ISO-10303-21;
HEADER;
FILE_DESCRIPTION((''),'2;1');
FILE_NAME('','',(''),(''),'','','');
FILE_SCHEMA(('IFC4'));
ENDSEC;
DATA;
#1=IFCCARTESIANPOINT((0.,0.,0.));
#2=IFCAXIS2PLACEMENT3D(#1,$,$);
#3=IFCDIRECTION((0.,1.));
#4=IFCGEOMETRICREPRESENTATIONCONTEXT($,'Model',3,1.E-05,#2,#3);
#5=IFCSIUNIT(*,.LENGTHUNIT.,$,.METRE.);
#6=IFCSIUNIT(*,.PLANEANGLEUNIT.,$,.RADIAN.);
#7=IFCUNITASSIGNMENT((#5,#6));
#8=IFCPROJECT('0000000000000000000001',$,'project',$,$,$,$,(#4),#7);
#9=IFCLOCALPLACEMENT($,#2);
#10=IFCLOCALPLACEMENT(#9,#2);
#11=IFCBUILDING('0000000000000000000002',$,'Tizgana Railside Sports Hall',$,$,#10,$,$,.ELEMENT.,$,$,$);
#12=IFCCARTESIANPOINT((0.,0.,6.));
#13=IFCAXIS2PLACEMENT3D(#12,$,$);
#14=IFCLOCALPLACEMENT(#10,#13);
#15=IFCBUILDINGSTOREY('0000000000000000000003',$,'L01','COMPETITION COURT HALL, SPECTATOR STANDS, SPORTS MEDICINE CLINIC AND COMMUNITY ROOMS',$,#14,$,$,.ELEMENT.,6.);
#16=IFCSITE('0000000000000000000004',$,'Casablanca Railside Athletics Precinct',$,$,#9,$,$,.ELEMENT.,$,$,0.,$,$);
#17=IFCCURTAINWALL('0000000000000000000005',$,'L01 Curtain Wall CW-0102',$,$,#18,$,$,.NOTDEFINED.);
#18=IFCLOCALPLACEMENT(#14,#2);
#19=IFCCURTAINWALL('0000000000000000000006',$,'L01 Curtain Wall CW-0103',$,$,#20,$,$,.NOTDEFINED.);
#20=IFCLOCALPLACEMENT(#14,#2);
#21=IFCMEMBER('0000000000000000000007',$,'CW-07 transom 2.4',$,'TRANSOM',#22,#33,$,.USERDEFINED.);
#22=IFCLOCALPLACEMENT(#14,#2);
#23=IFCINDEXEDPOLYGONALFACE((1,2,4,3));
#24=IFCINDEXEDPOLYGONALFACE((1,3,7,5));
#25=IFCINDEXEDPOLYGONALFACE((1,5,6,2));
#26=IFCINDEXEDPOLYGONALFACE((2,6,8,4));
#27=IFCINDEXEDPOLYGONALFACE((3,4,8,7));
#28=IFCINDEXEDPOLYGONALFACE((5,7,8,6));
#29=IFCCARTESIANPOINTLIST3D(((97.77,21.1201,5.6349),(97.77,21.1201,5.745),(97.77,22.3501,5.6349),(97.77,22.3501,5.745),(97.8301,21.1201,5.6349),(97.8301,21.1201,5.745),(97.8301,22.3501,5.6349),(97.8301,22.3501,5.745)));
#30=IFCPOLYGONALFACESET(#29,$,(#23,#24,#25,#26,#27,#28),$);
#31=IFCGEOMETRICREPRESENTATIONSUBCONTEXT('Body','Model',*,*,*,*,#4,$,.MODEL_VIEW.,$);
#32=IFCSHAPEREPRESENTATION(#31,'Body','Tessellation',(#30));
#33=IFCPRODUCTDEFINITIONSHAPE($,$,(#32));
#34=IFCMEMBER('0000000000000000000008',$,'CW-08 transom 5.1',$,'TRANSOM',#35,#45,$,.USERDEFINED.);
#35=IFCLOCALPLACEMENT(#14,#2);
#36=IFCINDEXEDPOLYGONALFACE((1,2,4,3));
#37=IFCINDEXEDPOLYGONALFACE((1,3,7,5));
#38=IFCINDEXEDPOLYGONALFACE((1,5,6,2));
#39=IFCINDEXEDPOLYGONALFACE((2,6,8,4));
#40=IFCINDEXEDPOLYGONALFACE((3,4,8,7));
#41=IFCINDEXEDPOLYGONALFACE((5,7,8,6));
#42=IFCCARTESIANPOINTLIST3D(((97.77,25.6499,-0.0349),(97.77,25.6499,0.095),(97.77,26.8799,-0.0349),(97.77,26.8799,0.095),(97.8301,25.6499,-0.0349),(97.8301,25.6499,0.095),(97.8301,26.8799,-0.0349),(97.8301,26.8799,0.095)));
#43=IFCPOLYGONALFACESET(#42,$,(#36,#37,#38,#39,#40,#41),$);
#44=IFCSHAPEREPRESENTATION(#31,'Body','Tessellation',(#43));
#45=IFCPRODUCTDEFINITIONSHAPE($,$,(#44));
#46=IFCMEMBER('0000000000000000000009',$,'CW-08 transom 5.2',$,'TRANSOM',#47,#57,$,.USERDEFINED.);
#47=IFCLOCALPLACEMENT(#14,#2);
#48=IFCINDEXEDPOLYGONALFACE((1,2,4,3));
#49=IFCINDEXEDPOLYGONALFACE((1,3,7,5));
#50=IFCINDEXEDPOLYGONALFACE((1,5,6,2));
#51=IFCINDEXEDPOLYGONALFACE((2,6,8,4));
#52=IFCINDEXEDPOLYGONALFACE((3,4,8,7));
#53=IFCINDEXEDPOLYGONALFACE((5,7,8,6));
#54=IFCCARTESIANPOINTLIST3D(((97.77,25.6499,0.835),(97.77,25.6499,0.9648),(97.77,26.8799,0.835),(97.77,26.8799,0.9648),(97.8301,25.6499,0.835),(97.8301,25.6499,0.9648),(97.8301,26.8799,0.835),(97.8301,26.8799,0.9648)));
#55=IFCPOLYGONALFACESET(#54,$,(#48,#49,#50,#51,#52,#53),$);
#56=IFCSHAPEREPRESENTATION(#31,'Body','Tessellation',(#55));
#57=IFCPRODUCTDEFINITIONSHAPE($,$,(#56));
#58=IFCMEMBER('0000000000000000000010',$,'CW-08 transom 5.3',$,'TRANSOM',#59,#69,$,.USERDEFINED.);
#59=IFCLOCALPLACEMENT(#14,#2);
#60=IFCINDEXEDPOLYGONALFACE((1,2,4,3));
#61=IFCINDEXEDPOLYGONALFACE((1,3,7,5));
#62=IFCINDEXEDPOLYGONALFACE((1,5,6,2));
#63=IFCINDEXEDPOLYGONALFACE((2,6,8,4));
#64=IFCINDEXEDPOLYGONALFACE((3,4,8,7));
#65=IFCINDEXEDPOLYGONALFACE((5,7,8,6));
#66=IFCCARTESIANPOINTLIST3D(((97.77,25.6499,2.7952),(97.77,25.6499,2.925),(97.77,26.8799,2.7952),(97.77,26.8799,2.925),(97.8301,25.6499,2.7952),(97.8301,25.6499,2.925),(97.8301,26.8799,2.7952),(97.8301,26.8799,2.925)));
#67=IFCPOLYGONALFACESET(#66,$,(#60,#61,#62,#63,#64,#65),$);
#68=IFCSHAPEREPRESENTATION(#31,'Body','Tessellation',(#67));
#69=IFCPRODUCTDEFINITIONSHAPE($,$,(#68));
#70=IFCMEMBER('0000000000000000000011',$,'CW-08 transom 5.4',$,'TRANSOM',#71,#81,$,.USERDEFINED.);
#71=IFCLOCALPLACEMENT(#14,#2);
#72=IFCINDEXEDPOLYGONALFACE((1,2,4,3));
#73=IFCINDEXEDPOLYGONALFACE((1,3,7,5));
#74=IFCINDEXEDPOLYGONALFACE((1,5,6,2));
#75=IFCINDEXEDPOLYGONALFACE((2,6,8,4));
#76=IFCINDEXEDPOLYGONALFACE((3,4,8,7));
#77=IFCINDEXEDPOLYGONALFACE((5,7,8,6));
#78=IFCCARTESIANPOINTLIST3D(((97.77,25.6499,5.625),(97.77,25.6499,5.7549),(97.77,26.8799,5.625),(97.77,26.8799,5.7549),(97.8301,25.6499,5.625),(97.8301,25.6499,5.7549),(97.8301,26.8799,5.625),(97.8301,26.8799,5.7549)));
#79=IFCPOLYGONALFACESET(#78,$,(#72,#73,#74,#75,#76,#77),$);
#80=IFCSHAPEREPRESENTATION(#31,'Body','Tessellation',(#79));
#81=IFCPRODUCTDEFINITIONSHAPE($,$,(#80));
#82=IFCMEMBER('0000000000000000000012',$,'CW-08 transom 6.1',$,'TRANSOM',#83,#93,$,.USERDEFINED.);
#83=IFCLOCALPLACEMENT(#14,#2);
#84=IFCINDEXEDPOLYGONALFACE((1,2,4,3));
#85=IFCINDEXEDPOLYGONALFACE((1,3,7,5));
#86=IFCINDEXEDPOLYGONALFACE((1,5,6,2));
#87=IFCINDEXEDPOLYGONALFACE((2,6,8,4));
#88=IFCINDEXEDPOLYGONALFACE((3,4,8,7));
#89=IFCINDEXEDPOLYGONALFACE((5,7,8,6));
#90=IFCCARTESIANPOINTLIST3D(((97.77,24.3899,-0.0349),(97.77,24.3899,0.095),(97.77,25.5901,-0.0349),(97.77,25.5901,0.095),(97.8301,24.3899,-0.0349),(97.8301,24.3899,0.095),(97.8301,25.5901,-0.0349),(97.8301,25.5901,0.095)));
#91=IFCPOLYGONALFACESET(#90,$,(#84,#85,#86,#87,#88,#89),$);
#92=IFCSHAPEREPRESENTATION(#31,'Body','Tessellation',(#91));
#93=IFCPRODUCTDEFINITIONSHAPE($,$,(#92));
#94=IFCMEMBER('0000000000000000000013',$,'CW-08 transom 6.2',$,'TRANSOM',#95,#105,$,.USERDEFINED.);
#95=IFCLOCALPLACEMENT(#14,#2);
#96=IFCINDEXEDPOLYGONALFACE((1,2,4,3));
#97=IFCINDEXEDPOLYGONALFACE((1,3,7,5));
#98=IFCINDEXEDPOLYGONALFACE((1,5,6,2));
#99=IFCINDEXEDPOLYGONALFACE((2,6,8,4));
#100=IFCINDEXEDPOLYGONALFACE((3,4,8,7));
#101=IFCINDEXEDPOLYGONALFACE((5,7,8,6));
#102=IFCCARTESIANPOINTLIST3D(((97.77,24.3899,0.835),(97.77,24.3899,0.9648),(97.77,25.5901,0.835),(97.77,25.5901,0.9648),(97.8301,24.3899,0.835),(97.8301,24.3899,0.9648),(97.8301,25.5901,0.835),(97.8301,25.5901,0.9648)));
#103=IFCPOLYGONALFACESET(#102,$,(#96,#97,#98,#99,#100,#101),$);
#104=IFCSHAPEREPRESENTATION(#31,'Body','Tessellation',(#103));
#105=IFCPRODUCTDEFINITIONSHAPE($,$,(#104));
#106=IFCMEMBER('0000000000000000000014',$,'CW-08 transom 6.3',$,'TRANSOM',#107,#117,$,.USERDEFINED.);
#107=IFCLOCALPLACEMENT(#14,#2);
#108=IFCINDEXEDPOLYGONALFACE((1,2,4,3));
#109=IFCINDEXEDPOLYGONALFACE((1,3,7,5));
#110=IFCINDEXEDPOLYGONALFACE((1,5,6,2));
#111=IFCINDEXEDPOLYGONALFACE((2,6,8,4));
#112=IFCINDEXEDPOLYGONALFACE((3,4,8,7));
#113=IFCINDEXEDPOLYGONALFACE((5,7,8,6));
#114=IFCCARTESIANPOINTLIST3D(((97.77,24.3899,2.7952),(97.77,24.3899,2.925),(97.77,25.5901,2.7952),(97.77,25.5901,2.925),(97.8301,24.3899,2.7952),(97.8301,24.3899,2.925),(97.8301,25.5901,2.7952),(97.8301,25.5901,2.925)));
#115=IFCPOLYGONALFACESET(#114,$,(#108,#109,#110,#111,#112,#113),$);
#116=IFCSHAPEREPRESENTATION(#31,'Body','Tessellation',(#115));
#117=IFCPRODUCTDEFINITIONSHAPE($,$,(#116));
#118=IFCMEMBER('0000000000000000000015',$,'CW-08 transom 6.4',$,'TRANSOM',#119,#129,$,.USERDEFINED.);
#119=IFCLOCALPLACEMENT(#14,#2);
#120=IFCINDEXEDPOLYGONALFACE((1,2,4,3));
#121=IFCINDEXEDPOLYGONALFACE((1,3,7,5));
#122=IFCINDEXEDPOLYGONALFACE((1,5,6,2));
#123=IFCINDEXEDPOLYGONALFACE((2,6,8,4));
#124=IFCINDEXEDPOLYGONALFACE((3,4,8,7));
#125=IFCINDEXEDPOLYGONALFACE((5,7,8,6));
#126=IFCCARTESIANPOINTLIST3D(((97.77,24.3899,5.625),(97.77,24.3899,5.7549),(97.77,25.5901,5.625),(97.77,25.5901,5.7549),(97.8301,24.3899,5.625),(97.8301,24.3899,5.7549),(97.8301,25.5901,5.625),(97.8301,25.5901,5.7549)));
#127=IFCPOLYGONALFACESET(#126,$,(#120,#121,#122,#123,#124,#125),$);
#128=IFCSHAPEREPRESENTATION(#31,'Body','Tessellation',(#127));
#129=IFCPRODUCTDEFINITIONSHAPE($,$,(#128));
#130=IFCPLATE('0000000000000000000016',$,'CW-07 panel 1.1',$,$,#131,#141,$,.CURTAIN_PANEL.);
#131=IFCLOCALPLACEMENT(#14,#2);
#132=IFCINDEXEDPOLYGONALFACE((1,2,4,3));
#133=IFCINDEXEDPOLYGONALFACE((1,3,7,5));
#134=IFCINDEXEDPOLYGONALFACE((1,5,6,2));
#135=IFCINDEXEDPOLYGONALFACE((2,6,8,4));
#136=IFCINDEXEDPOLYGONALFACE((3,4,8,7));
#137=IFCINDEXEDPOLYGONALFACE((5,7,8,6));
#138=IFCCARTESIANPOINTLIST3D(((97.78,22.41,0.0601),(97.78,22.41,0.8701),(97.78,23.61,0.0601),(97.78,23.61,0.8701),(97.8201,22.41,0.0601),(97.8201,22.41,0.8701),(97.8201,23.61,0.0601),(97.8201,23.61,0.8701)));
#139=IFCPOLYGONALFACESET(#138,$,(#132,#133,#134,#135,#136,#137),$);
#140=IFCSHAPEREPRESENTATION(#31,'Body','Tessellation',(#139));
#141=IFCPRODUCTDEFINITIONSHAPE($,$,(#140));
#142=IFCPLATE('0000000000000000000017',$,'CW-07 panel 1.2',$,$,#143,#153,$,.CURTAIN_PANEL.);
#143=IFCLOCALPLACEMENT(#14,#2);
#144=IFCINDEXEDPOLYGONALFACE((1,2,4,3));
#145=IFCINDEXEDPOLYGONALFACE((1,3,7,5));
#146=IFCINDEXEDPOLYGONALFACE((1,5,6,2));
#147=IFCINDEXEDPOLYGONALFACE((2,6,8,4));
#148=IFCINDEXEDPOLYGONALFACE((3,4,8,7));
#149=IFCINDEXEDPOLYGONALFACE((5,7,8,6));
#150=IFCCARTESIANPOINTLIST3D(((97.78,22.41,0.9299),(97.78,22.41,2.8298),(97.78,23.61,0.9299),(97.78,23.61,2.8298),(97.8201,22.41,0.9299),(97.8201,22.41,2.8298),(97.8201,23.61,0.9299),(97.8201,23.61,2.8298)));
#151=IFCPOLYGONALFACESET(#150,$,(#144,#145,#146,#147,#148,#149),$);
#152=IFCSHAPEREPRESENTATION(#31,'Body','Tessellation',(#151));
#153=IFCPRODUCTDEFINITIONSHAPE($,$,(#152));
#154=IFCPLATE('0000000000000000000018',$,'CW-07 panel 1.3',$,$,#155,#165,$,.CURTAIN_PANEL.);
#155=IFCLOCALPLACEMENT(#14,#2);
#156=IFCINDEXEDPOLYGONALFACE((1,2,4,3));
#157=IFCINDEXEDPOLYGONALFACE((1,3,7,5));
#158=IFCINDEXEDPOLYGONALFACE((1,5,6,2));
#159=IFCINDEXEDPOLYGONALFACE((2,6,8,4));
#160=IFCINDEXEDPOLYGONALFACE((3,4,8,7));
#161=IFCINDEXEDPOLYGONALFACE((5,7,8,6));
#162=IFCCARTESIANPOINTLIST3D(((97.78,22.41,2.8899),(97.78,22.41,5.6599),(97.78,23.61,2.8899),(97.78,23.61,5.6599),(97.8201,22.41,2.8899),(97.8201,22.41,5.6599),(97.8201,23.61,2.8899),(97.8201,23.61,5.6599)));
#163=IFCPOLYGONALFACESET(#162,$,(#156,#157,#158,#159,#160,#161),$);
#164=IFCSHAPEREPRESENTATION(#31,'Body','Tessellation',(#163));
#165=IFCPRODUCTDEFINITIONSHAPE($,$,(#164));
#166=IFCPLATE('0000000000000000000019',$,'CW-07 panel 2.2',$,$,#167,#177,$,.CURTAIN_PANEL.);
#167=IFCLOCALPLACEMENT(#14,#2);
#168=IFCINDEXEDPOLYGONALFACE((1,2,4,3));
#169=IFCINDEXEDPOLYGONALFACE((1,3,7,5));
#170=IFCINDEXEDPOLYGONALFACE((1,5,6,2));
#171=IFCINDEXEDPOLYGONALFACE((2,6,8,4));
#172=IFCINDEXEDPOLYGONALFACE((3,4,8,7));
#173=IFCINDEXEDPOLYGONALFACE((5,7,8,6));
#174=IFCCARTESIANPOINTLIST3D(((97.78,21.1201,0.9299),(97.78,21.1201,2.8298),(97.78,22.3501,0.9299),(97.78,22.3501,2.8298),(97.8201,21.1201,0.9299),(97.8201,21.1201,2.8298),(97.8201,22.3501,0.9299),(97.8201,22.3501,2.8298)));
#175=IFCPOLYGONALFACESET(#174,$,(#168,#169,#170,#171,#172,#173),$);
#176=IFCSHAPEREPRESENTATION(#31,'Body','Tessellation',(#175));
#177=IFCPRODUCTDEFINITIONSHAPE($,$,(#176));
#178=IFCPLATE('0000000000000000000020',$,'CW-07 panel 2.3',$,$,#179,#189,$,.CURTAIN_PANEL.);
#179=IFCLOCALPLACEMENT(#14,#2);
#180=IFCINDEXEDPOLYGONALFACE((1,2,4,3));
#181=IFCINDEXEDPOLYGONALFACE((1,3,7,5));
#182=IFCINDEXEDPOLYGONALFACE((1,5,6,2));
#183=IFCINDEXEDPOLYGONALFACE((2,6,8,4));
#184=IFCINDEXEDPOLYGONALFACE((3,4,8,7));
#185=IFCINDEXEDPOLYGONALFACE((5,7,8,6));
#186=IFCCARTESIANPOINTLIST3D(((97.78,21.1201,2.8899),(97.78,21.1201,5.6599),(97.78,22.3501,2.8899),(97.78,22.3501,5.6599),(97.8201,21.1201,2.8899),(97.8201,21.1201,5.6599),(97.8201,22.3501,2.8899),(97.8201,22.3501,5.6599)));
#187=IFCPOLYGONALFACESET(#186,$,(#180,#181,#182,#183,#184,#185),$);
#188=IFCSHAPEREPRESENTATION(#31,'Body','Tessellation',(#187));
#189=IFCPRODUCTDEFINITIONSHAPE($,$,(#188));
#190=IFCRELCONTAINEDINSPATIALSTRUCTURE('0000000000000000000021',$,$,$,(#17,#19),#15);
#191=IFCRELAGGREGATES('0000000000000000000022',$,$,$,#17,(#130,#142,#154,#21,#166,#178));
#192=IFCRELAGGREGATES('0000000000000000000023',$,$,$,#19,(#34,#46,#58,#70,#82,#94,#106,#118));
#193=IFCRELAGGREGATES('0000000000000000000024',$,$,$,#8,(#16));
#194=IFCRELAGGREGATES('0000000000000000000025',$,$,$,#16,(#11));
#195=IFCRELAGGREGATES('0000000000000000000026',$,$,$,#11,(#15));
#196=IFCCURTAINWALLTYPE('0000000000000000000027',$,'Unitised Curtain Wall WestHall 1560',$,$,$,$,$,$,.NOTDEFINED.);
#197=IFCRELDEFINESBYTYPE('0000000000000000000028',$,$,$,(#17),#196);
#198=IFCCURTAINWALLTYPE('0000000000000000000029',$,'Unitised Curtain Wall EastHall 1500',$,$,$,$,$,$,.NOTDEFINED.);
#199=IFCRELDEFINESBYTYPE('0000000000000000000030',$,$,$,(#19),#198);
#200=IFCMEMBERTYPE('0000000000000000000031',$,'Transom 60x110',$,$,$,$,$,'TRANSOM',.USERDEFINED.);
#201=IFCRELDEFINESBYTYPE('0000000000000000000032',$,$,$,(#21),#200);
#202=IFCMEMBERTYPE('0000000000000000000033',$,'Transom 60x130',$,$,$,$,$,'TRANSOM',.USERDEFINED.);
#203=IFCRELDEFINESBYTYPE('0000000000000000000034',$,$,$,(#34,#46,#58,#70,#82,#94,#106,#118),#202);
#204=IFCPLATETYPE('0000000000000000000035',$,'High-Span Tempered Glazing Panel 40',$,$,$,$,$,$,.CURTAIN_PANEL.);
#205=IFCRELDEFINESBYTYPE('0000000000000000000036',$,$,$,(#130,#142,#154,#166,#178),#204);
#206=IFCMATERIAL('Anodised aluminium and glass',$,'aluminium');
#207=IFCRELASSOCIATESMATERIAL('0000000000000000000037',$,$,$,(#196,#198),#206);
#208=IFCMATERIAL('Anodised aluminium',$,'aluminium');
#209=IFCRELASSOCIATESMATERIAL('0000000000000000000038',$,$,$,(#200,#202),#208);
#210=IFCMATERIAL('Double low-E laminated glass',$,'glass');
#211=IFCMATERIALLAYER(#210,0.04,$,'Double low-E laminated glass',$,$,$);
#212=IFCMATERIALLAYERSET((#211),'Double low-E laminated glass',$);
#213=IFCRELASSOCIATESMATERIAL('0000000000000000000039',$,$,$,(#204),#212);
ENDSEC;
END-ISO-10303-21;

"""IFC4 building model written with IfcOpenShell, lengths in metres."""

from ifc_helpers import new_model, si_unit, direction, frame, origin, origin_2d, place, context, subcontext, project, spatial, rectangle, extrude, material, layer, layer_set, material_profile, profile_set, type_object, element, aggregate, save


model = new_model("IFC4")

# Units and contexts
model_context = context("Model", 3, precision=1e-05, world=origin(), true_north=direction((0.0, 1.0)))
body_context = subcontext(model_context, "Body", "Model", "MODEL_VIEW")
ifc_project = project(units=[si_unit("LENGTHUNIT", "METRE"), si_unit("PLANEANGLEUNIT", "RADIAN")], contexts=[model_context])

# Site, building, storey
site_placement = place(None, origin())
site = spatial("IfcSite", under=ifc_project, at=site_placement, Name="Casablanca Railside Athletics Precinct", CompositionType="ELEMENT", RefElevation=0.0)
building_placement = place(site_placement, origin())
building = spatial("IfcBuilding", under=site, at=building_placement, Name="Tizgana Railside Sports Hall", CompositionType="ELEMENT")
storey_placement = place(building_placement, frame((0.0, 0.0, 6.0)))
storey = spatial("IfcBuildingStorey", under=building, at=storey_placement, Name="L01", Description="COMPETITION COURT HALL, SPECTATOR STANDS, SPORTS MEDICINE CLINIC AND COMMUNITY ROOMS", CompositionType="ELEMENT", Elevation=6.0)

# Curtain walls
ifc_material_1 = material(Name="Anodised aluminium and glass", Category="aluminium")
curtain_wall_type_1 = type_object("IfcCurtainWallType", Name="Unitised Curtain Wall WestHall 1560", PredefinedType="NOTDEFINED", material=ifc_material_1)
curtain_wall_1_placement = place(storey_placement, origin())
curtain_wall_1 = element("IfcCurtainWall", 1, at=curtain_wall_1_placement, inside=storey, type_object=curtain_wall_type_1, Name="L01 Curtain Wall CW-0102", PredefinedType="NOTDEFINED")
ifc_material_2 = material(Name="Anodised aluminium", Category="aluminium")
curtain_wall_type_2 = type_object("IfcCurtainWallType", Name="Unitised Curtain Wall EastHall 1500", PredefinedType="NOTDEFINED", material=ifc_material_1)
curtain_wall_2_placement = place(storey_placement, origin())
curtain_wall_2 = element("IfcCurtainWall", 2, at=curtain_wall_2_placement, inside=storey, type_object=curtain_wall_type_2, Name="L01 Curtain Wall CW-0103", PredefinedType="NOTDEFINED")

# Members
ifc_material_profile_1 = material_profile(ifc_material_2, rectangle(XDim=0.0601, YDim=0.1101, at=origin_2d()), Name="Transom 60x110")
ifc_profile_set_1 = profile_set([ifc_material_profile_1], Name="Anodised aluminium")
member_type_1 = type_object("IfcMemberType", Name="Transom 60x110", ElementType="TRANSOM", PredefinedType="USERDEFINED", material=ifc_profile_set_1)
member_1_placement = place(storey_placement, frame((97.8, 22.3501, 5.6899), z_axis=(0.0, -1.0, 0.0), x_axis=(1.0, 0.0, 0.0)))
member_1 = element("IfcMember", 3, at=member_1_placement, type_object=member_type_1, Name="CW-07 transom 2.4", ObjectType="TRANSOM", PredefinedType="USERDEFINED", context=body_context, shape_type="SweptSolid", body=[
    extrude(rectangle(XDim=0.0601, YDim=0.1101, at=origin_2d()), origin(), (0.0, 0.0, 1.0), 1.23),
])
ifc_material_profile_2 = material_profile(ifc_material_2, rectangle(XDim=0.0601, YDim=0.1299, at=origin_2d()), Name="Transom 60x130")
ifc_profile_set_2 = profile_set([ifc_material_profile_2], Name="Anodised aluminium")
member_type_2 = type_object("IfcMemberType", Name="Transom 60x130", ElementType="TRANSOM", PredefinedType="USERDEFINED", material=ifc_profile_set_2)
member_2_placement = place(storey_placement, frame((97.8, 26.8799, 0.03), z_axis=(0.0, -1.0, 0.0), x_axis=(1.0, 0.0, 0.0)))
member_2 = element("IfcMember", 4, at=member_2_placement, type_object=member_type_2, Name="CW-08 transom 5.1", ObjectType="TRANSOM", PredefinedType="USERDEFINED", context=body_context, shape_type="SweptSolid", body=[
    extrude(rectangle(XDim=0.0601, YDim=0.1299, at=origin_2d()), origin(), (0.0, 0.0, 1.0), 1.23),
])
member_3_placement = place(storey_placement, frame((97.8, 26.8799, 0.8999), z_axis=(0.0, -1.0, 0.0), x_axis=(1.0, 0.0, 0.0)))
member_3 = element("IfcMember", 5, at=member_3_placement, type_object=member_type_2, Name="CW-08 transom 5.2", ObjectType="TRANSOM", PredefinedType="USERDEFINED", context=body_context, shape_type="SweptSolid", body=[
    extrude(rectangle(XDim=0.0601, YDim=0.1299, at=origin_2d()), origin(), (0.0, 0.0, 1.0), 1.23),
])
member_4_placement = place(storey_placement, frame((97.8, 26.8799, 2.8601), z_axis=(0.0, -1.0, 0.0), x_axis=(1.0, 0.0, 0.0)))
member_4 = element("IfcMember", 6, at=member_4_placement, type_object=member_type_2, Name="CW-08 transom 5.3", ObjectType="TRANSOM", PredefinedType="USERDEFINED", context=body_context, shape_type="SweptSolid", body=[
    extrude(rectangle(XDim=0.0601, YDim=0.1299, at=origin_2d()), origin(), (0.0, 0.0, 1.0), 1.23),
])
member_5_placement = place(storey_placement, frame((97.8, 26.8799, 5.6899), z_axis=(0.0, -1.0, 0.0), x_axis=(1.0, 0.0, 0.0)))
member_5 = element("IfcMember", 7, at=member_5_placement, type_object=member_type_2, Name="CW-08 transom 5.4", ObjectType="TRANSOM", PredefinedType="USERDEFINED", context=body_context, shape_type="SweptSolid", body=[
    extrude(rectangle(XDim=0.0601, YDim=0.1299, at=origin_2d()), origin(), (0.0, 0.0, 1.0), 1.23),
])
member_6_placement = place(storey_placement, frame((97.8, 25.5901, 0.03), z_axis=(0.0, -1.0, 0.0), x_axis=(1.0, 0.0, 0.0)))
member_6 = element("IfcMember", 8, at=member_6_placement, type_object=member_type_2, Name="CW-08 transom 6.1", ObjectType="TRANSOM", PredefinedType="USERDEFINED", context=body_context, shape_type="SweptSolid", body=[
    extrude(rectangle(XDim=0.0601, YDim=0.1299, at=origin_2d()), origin(), (0.0, 0.0, 1.0), 1.2002),
])
member_7_placement = place(storey_placement, frame((97.8, 25.5901, 0.8999), z_axis=(0.0, -1.0, 0.0), x_axis=(1.0, 0.0, 0.0)))
member_7 = element("IfcMember", 9, at=member_7_placement, type_object=member_type_2, Name="CW-08 transom 6.2", ObjectType="TRANSOM", PredefinedType="USERDEFINED", context=body_context, shape_type="SweptSolid", body=[
    extrude(rectangle(XDim=0.0601, YDim=0.1299, at=origin_2d()), origin(), (0.0, 0.0, 1.0), 1.2002),
])
member_8_placement = place(storey_placement, frame((97.8, 25.5901, 2.8601), z_axis=(0.0, -1.0, 0.0), x_axis=(1.0, 0.0, 0.0)))
member_8 = element("IfcMember", 10, at=member_8_placement, type_object=member_type_2, Name="CW-08 transom 6.3", ObjectType="TRANSOM", PredefinedType="USERDEFINED", context=body_context, shape_type="SweptSolid", body=[
    extrude(rectangle(XDim=0.0601, YDim=0.1299, at=origin_2d()), origin(), (0.0, 0.0, 1.0), 1.2002),
])
member_9_placement = place(storey_placement, frame((97.8, 25.5901, 5.6899), z_axis=(0.0, -1.0, 0.0), x_axis=(1.0, 0.0, 0.0)))
member_9 = element("IfcMember", 11, at=member_9_placement, type_object=member_type_2, Name="CW-08 transom 6.4", ObjectType="TRANSOM", PredefinedType="USERDEFINED", context=body_context, shape_type="SweptSolid", body=[
    extrude(rectangle(XDim=0.0601, YDim=0.1299, at=origin_2d()), origin(), (0.0, 0.0, 1.0), 1.2002),
])

# Plates
ifc_material_3 = material(Name="Double low-E laminated glass", Category="glass")
ifc_layer_1 = layer(ifc_material_3, 0.04, Name="Double low-E laminated glass")
ifc_layer_set_1 = layer_set([ifc_layer_1], Name="Double low-E laminated glass")
plate_type_1 = type_object("IfcPlateType", Name="High-Span Tempered Glazing Panel 40", PredefinedType="CURTAIN_PANEL", material=ifc_layer_set_1)
plate_1_placement = place(storey_placement, frame((97.8, 23.01, 0.0601), z_axis=(0.0, 0.0, 1.0), x_axis=(0.0, -1.0, 0.0)))
plate_1 = element("IfcPlate", 12, at=plate_1_placement, type_object=plate_type_1, Name="CW-07 panel 1.1", PredefinedType="CURTAIN_PANEL", context=body_context, shape_type="SweptSolid", body=[
    extrude(rectangle(XDim=1.2, YDim=0.04, at=origin_2d()), origin(), (0.0, 0.0, 1.0), 0.8101),
])
plate_2_placement = place(storey_placement, frame((97.8, 23.01, 0.9299), z_axis=(0.0, 0.0, 1.0), x_axis=(0.0, -1.0, 0.0)))
plate_2 = element("IfcPlate", 13, at=plate_2_placement, type_object=plate_type_1, Name="CW-07 panel 1.2", PredefinedType="CURTAIN_PANEL", context=body_context, shape_type="SweptSolid", body=[
    extrude(rectangle(XDim=1.2, YDim=0.04, at=origin_2d()), origin(), (0.0, 0.0, 1.0), 1.8999),
])
plate_3_placement = place(storey_placement, frame((97.8, 23.01, 2.8899), z_axis=(0.0, 0.0, 1.0), x_axis=(0.0, -1.0, 0.0)))
plate_3 = element("IfcPlate", 14, at=plate_3_placement, type_object=plate_type_1, Name="CW-07 panel 1.3", PredefinedType="CURTAIN_PANEL", context=body_context, shape_type="SweptSolid", body=[
    extrude(rectangle(XDim=1.2, YDim=0.04, at=origin_2d()), origin(), (0.0, 0.0, 1.0), 2.77),
])
plate_4_placement = place(storey_placement, frame((97.8, 21.7351, 0.9299), z_axis=(0.0, 0.0, 1.0), x_axis=(0.0, -1.0, 0.0)))
plate_4 = element("IfcPlate", 15, at=plate_4_placement, type_object=plate_type_1, Name="CW-07 panel 2.2", PredefinedType="CURTAIN_PANEL", context=body_context, shape_type="SweptSolid", body=[
    extrude(rectangle(XDim=1.23, YDim=0.04, at=origin_2d()), origin(), (0.0, 0.0, 1.0), 1.8999),
])
plate_5_placement = place(storey_placement, frame((97.8, 21.7351, 2.8899), z_axis=(0.0, 0.0, 1.0), x_axis=(0.0, -1.0, 0.0)))
plate_5 = element("IfcPlate", 16, at=plate_5_placement, type_object=plate_type_1, Name="CW-07 panel 2.3", PredefinedType="CURTAIN_PANEL", context=body_context, shape_type="SweptSolid", body=[
    extrude(rectangle(XDim=1.23, YDim=0.04, at=origin_2d()), origin(), (0.0, 0.0, 1.0), 2.77),
])
aggregate(curtain_wall_1, [plate_1, plate_2, plate_3, member_1, plate_4, plate_5])
aggregate(curtain_wall_2, [member_2, member_3, member_4, member_5, member_6, member_7, member_8, member_9])

save(model, "model.ifc")
